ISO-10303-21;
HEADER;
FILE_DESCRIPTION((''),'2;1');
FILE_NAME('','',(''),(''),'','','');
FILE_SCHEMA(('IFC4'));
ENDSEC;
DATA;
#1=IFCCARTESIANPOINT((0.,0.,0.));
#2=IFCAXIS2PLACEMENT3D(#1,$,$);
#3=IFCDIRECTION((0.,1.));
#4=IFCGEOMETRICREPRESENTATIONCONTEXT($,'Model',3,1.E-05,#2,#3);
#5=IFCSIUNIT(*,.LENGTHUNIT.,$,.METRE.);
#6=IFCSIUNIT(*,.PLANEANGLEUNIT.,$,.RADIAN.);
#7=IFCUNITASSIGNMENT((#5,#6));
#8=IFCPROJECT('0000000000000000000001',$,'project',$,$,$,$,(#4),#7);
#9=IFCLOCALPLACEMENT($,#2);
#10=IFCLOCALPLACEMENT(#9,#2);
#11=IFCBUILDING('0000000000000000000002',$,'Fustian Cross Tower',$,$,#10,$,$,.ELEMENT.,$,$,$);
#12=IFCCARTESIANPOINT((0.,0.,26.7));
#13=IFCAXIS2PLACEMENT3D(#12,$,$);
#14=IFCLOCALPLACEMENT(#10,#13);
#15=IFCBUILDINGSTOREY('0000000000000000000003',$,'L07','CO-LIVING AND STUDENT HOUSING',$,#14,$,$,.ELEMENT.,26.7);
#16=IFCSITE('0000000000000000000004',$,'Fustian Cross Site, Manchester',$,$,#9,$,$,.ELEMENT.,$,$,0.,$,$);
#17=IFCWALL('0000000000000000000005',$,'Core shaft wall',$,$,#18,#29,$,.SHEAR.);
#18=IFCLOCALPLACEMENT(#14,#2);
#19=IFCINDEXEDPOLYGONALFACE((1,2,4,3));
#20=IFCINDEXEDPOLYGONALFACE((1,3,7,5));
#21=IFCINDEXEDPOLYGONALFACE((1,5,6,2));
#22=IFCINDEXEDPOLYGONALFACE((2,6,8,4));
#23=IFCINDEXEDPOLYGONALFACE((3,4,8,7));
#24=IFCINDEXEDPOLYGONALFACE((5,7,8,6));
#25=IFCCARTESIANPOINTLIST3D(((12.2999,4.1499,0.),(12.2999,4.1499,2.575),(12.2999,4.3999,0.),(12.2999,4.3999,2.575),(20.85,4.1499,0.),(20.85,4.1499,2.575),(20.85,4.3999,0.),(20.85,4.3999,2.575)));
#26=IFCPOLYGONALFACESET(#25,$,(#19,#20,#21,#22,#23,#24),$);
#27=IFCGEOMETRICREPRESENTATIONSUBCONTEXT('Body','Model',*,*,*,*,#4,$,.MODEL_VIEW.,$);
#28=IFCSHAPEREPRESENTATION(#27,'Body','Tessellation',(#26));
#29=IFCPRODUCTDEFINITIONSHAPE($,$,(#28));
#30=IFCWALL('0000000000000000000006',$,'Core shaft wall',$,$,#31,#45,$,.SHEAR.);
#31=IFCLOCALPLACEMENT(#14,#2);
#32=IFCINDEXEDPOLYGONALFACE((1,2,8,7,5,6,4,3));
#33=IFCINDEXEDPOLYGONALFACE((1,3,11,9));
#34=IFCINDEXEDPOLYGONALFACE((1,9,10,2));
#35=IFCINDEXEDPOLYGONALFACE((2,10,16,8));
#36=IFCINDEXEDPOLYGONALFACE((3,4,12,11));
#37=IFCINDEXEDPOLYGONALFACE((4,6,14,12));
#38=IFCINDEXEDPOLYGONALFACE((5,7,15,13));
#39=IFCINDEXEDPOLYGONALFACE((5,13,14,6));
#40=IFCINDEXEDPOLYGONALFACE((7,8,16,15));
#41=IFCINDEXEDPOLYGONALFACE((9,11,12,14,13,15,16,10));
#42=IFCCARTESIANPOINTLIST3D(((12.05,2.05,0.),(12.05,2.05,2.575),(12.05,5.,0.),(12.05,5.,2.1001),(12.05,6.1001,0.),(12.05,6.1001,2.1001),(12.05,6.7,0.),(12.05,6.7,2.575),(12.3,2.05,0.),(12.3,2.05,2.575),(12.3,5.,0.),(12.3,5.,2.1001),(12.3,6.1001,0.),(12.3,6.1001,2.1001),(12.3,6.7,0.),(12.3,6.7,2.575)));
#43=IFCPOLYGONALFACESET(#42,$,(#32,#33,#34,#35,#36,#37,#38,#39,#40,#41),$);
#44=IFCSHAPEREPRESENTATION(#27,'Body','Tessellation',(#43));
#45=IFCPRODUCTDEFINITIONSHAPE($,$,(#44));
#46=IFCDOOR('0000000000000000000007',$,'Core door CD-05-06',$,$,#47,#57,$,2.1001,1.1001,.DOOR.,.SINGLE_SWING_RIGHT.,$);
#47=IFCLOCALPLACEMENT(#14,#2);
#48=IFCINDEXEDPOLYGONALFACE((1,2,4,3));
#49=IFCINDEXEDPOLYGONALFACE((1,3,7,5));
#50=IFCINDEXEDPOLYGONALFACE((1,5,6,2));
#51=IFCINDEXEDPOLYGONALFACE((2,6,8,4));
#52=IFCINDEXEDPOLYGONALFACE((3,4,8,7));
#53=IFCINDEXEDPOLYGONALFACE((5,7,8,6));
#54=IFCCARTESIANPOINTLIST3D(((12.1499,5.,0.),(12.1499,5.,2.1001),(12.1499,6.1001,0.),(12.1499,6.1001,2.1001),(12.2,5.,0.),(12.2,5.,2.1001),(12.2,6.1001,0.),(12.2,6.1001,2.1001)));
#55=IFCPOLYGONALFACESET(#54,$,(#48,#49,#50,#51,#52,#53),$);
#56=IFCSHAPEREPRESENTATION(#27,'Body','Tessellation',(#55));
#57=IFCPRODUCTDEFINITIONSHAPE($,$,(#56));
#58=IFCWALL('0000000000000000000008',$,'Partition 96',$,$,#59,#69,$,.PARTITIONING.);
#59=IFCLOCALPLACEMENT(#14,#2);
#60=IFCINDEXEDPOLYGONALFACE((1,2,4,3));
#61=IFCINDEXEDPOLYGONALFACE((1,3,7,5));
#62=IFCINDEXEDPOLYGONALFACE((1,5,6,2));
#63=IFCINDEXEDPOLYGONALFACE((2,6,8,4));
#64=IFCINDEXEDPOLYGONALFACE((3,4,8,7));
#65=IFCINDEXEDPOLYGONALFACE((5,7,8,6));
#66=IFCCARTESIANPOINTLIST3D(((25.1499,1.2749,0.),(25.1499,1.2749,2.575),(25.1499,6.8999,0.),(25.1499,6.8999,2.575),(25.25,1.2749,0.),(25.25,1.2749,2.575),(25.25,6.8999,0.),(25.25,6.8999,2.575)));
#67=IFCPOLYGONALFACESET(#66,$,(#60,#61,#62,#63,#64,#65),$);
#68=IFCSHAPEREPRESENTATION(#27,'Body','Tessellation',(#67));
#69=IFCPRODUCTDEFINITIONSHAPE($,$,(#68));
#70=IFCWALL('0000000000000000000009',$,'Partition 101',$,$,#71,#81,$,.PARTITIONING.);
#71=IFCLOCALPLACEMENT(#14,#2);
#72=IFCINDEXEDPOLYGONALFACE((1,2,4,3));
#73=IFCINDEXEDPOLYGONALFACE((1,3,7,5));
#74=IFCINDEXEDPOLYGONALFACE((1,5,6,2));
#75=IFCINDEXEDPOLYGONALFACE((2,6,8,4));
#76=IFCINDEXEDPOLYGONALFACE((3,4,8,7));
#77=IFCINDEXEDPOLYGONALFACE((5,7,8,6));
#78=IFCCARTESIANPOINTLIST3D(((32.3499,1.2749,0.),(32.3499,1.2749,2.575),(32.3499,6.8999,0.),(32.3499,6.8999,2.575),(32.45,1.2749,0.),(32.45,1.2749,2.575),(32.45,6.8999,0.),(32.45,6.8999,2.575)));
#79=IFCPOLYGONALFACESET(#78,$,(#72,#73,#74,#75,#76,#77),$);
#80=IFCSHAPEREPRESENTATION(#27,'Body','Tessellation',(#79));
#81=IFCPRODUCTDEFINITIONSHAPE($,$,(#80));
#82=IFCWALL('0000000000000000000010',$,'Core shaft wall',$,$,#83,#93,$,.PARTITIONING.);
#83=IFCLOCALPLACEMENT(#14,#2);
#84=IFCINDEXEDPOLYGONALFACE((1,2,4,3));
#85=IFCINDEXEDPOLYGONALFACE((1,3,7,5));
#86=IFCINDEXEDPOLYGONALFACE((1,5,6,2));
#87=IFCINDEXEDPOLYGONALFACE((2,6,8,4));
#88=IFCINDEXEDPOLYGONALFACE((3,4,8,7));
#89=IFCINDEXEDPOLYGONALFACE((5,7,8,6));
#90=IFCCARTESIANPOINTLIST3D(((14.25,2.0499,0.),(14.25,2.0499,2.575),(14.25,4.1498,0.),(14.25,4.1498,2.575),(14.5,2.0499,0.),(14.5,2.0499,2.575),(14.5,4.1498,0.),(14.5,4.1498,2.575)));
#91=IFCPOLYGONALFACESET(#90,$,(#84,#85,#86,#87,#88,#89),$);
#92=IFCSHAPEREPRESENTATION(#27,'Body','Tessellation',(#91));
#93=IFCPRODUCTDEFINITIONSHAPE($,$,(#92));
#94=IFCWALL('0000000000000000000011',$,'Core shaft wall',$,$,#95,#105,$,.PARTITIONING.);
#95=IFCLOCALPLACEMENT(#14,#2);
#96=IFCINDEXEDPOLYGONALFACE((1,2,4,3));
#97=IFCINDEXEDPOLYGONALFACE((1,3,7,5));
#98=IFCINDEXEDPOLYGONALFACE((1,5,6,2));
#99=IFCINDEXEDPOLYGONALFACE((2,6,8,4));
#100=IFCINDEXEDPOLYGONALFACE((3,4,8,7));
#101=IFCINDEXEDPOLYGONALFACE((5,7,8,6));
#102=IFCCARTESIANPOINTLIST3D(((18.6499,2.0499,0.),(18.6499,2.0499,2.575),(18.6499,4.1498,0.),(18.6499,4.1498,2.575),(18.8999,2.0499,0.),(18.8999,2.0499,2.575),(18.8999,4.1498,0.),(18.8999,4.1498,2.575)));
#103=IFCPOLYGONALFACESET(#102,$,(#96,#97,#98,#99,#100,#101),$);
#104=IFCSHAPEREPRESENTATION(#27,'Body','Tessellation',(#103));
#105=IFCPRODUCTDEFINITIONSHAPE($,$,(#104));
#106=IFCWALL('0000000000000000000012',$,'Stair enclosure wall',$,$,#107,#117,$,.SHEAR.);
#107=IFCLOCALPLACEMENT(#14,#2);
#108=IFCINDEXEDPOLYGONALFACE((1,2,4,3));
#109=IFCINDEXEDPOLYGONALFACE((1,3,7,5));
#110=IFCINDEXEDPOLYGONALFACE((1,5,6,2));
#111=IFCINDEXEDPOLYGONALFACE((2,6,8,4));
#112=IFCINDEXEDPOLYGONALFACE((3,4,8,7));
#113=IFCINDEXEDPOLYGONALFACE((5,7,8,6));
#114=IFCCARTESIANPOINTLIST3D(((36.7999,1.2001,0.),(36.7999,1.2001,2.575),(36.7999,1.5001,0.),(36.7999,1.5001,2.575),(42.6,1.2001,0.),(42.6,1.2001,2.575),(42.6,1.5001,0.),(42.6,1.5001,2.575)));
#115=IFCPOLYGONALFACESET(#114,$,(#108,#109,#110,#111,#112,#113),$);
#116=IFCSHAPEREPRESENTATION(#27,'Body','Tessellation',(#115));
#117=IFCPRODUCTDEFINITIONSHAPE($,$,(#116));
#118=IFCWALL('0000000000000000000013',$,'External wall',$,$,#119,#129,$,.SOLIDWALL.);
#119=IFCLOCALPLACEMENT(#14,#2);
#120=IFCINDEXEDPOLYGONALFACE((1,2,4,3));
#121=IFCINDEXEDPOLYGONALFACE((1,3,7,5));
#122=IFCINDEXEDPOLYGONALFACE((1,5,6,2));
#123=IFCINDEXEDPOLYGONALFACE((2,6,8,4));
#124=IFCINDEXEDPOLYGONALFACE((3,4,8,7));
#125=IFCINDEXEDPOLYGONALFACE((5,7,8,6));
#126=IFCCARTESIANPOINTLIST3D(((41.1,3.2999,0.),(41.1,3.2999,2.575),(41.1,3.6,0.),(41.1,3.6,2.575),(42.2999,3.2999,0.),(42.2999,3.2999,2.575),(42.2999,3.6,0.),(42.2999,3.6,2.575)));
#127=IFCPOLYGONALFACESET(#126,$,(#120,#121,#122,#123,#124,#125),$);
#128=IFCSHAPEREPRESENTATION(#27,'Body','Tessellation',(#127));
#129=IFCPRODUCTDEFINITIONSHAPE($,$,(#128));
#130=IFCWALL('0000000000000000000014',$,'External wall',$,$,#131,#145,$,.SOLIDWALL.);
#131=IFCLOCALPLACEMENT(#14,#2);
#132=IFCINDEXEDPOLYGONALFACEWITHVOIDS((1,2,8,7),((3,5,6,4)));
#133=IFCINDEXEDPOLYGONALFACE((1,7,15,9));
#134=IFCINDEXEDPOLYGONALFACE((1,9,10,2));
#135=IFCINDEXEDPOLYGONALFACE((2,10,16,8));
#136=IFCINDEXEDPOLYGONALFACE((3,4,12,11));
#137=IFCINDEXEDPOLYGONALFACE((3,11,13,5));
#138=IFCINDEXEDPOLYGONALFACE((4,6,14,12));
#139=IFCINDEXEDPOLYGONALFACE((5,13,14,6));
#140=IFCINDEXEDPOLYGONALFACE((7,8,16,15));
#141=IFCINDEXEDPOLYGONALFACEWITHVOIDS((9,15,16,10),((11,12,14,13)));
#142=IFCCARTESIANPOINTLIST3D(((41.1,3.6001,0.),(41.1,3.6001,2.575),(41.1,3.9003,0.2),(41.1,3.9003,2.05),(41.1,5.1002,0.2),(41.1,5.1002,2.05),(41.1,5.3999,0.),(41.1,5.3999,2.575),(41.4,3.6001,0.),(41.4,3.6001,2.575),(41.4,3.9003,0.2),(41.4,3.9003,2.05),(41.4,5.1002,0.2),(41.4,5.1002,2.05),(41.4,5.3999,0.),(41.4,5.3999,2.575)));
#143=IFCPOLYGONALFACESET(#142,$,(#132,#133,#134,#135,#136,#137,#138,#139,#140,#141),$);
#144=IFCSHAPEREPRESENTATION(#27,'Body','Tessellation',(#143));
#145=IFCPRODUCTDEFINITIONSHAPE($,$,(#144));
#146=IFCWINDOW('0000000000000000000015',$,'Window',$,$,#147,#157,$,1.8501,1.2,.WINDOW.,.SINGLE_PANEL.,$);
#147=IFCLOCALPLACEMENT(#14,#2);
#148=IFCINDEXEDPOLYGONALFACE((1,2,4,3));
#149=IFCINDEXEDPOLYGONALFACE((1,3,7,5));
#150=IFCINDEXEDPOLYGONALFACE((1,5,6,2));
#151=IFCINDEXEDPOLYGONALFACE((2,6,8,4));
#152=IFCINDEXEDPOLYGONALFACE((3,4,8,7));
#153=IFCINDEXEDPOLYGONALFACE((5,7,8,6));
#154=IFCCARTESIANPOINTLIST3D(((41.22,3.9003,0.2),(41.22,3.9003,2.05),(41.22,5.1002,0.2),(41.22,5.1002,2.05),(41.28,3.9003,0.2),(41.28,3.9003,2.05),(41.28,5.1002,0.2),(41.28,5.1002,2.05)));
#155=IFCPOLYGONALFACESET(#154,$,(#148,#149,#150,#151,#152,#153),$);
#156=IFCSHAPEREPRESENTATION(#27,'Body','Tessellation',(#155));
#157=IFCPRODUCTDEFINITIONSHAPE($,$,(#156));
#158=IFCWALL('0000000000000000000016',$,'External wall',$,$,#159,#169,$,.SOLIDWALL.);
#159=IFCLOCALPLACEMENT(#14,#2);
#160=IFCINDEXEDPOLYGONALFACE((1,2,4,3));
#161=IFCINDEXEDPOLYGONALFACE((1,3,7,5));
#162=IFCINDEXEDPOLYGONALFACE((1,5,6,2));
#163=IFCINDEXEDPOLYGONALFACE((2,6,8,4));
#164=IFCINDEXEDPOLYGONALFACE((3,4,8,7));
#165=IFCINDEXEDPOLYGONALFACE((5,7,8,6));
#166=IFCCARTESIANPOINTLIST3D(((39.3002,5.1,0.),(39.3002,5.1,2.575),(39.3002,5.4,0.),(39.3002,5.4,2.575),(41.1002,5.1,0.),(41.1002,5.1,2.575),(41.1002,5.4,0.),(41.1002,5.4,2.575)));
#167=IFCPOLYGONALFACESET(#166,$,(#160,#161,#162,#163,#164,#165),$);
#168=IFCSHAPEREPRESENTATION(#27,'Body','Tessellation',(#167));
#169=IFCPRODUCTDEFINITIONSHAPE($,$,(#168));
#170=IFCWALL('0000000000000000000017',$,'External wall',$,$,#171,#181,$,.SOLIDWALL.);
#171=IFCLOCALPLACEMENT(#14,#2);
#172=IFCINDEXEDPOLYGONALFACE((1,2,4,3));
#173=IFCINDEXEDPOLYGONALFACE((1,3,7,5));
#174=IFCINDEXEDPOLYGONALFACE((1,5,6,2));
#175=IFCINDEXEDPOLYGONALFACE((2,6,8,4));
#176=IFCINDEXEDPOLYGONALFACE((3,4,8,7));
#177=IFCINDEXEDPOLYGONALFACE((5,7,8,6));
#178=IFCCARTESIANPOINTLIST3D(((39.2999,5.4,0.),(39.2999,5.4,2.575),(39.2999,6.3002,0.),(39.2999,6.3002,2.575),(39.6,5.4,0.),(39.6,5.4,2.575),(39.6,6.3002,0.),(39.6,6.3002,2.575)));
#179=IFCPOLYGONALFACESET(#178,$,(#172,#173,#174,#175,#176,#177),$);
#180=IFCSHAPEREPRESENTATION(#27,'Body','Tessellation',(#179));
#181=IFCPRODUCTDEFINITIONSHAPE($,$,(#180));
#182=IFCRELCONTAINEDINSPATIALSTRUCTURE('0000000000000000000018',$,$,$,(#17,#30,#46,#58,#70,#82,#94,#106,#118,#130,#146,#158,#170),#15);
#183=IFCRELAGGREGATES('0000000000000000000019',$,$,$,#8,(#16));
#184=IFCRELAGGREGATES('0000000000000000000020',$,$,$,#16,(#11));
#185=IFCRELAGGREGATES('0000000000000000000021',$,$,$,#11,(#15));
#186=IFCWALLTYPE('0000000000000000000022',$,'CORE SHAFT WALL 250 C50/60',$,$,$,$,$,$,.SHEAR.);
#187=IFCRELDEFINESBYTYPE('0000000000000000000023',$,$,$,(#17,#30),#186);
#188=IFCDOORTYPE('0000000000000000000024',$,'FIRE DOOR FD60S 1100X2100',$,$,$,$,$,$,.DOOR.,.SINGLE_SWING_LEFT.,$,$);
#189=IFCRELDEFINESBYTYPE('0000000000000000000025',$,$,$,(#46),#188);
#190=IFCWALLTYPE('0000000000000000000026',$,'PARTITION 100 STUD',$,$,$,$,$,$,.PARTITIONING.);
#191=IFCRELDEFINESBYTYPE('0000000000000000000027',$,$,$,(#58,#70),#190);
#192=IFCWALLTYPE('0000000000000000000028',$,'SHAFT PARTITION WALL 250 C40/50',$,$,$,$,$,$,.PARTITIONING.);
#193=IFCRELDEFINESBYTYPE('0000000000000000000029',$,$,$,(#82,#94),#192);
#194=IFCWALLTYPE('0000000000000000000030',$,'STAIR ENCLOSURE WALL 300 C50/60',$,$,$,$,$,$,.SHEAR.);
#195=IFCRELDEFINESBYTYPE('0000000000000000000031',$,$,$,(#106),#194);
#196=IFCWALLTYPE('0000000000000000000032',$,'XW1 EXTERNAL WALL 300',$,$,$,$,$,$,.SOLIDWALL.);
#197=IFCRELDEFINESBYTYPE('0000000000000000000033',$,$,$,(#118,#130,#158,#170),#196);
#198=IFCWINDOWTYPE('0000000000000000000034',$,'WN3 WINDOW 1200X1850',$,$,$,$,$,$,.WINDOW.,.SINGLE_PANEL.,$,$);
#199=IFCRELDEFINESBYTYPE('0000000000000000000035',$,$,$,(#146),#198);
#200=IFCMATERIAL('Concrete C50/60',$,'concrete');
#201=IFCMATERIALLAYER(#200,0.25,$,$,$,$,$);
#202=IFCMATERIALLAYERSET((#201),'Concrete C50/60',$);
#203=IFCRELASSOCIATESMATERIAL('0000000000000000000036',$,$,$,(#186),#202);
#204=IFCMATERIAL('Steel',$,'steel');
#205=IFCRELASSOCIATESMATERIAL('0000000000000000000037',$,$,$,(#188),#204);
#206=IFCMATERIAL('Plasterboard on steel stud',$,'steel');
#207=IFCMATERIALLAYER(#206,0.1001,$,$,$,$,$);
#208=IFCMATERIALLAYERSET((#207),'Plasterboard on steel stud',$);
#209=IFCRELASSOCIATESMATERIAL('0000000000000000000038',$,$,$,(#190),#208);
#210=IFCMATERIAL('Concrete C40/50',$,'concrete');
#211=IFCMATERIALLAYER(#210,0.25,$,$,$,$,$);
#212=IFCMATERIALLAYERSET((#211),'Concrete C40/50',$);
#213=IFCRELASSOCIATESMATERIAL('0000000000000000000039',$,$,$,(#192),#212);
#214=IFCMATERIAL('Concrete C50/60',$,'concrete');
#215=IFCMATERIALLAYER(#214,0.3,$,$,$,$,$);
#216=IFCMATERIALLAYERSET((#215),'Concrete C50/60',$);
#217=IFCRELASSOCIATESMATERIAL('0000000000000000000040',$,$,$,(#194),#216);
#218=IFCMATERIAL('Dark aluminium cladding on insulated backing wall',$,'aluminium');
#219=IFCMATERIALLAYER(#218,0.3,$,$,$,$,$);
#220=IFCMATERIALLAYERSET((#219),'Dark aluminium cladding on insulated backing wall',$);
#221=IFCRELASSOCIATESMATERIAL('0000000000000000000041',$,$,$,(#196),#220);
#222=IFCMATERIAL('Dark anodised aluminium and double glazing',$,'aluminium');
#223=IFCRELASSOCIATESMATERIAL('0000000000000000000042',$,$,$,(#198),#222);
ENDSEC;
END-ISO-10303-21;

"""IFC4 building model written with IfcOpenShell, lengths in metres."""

from ifc_helpers import new_model, si_unit, direction, frame, frame_2d, origin, place, context, subcontext, project, spatial, rectangle, extrude, material, layer, layer_set, type_object, element, fill, save


model = new_model("IFC4")

# Units and contexts
model_context = context("Model", 3, precision=1e-05, world=origin(), true_north=direction((0.0, 1.0)))
body_context = subcontext(model_context, "Body", "Model", "MODEL_VIEW")
ifc_project = project(units=[si_unit("LENGTHUNIT", "METRE"), si_unit("PLANEANGLEUNIT", "RADIAN")], contexts=[model_context])

# Site, building, storey
site_placement = place(None, origin())
site = spatial("IfcSite", under=ifc_project, at=site_placement, Name="Fustian Cross Site, Manchester", CompositionType="ELEMENT", RefElevation=0.0)
building_placement = place(site_placement, origin())
building = spatial("IfcBuilding", under=site, at=building_placement, Name="Fustian Cross Tower", CompositionType="ELEMENT")
storey_placement = place(building_placement, frame((0.0, 0.0, 26.7)))
storey = spatial("IfcBuildingStorey", under=building, at=storey_placement, Name="L07", Description="CO-LIVING AND STUDENT HOUSING", CompositionType="ELEMENT", Elevation=26.7)

# Wall
ifc_material_1 = material(Name="Concrete C50/60", Category="concrete")
ifc_layer_1 = layer(ifc_material_1, 0.25)
ifc_layer_set_1 = layer_set([ifc_layer_1], Name="Concrete C50/60")
wall_type_1 = type_object("IfcWallType", Name="CORE SHAFT WALL 250 C50/60", PredefinedType="SHEAR", material=ifc_layer_set_1)
wall_1_placement = place(storey_placement, frame((12.3, 4.2749, 0.0), z_axis=(0.0, 0.0, 1.0), x_axis=(1.0, 0.0, 0.0)))
element("IfcWall", 1, at=wall_1_placement, inside=storey, type_object=wall_type_1, Name="Core shaft wall", PredefinedType="SHEAR", context=body_context, shape_type="SweptSolid", body=[
    extrude(rectangle(XDim=8.55, YDim=0.25, at=frame_2d((4.2749, 0.0))), origin(), (0.0, 0.0, 1.0), 2.575),
])

# Wall, opening, door
wall_2_placement = place(storey_placement, frame((12.175, 2.05, 0.0), z_axis=(0.0, 0.0, 1.0), x_axis=(0.0, 1.0, 0.0)))
wall_2 = element("IfcWall", 2, at=wall_2_placement, inside=storey, type_object=wall_type_1, Name="Core shaft wall", PredefinedType="SHEAR", context=body_context, shape_type="SweptSolid", body=[
    extrude(rectangle(XDim=4.6499, YDim=0.25, at=frame_2d((2.325, 0.0))), origin(), (0.0, 0.0, 1.0), 2.575),
])
opening_1_placement = place(wall_2_placement, frame((2.95, 0.0, 0.0)))
opening_1 = element("IfcOpeningElement", 3, at=opening_1_placement, cuts=wall_2, PredefinedType="OPENING", context=body_context, shape_type="SweptSolid", body=[
    extrude(rectangle(XDim=1.1001, YDim=2.1001, at=frame_2d((0.55, 1.05))), frame((0.0, 0.135, 0.0), z_axis=(0.0, -1.0, 0.0), x_axis=(1.0, 0.0, 0.0)), (0.0, 0.0, 1.0), 0.27),
])
ifc_material_2 = material(Name="Steel", Category="steel")
door_type_1 = type_object("IfcDoorType", Name="FIRE DOOR FD60S 1100X2100", OperationType="SINGLE_SWING_LEFT", PredefinedType="DOOR", material=ifc_material_2)
door_1_placement = place(opening_1_placement, frame((1.1001, 0.0, 0.0), z_axis=(0.0, 0.0, 1.0), x_axis=(-1.0, 0.0, 0.0)))
door_1 = element("IfcDoor", 4, at=door_1_placement, inside=storey, type_object=door_type_1, Name="Core door CD-05-06", OperationType="SINGLE_SWING_RIGHT", OverallHeight=2.1001, OverallWidth=1.1001, PredefinedType="DOOR", context=body_context, shape_type="SweptSolid", body=[
    extrude(rectangle(XDim=1.1001, YDim=2.1001, at=frame_2d((0.55, 1.05))), frame((0.0, 0.0249, 0.0), z_axis=(0.0, -1.0, 0.0), x_axis=(1.0, 0.0, 0.0)), (0.0, 0.0, 1.0), 0.05),
])
fill(opening_1, door_1)

# Walls
ifc_material_3 = material(Name="Plasterboard on steel stud", Category="steel")
ifc_layer_2 = layer(ifc_material_3, 0.1001)
ifc_layer_set_2 = layer_set([ifc_layer_2], Name="Plasterboard on steel stud")
wall_type_2 = type_object("IfcWallType", Name="PARTITION 100 STUD", PredefinedType="PARTITIONING", material=ifc_layer_set_2)
for number, where, z_axis, x_axis, name in (
    (5, (25.2, 1.2749, 0.0), (0.0, 0.0, 1.0), (0.0, 1.0, 0.0), "Partition 96"),
    (6, (32.3999, 1.2749, 0.0), (0.0, 0.0, 1.0), (0.0, 1.0, 0.0), "Partition 101"),
):
    element("IfcWall", number, at=place(storey_placement, frame(where, z_axis=z_axis, x_axis=x_axis)), inside=storey, type_object=wall_type_2, Name=name, PredefinedType="PARTITIONING", context=body_context, shape_type="SweptSolid", body=[
        extrude(rectangle(XDim=5.625, YDim=0.1001, at=frame_2d((2.8125, 0.0))), origin(), (0.0, 0.0, 1.0), 2.575),
    ])
ifc_material_4 = material(Name="Concrete C40/50", Category="concrete")
ifc_layer_3 = layer(ifc_material_4, 0.25)
ifc_layer_set_3 = layer_set([ifc_layer_3], Name="Concrete C40/50")
wall_type_3 = type_object("IfcWallType", Name="SHAFT PARTITION WALL 250 C40/50", PredefinedType="PARTITIONING", material=ifc_layer_set_3)
for number, where, z_axis, x_axis, name in (
    (7, (14.375, 2.05, 0.0), (0.0, 0.0, 1.0), (0.0, 1.0, 0.0), "Core shaft wall"),
    (8, (18.7749, 2.05, 0.0), (0.0, 0.0, 1.0), (0.0, 1.0, 0.0), "Core shaft wall"),
):
    element("IfcWall", number, at=place(storey_placement, frame(where, z_axis=z_axis, x_axis=x_axis)), inside=storey, type_object=wall_type_3, Name=name, PredefinedType="PARTITIONING", context=body_context, shape_type="SweptSolid", body=[
        extrude(rectangle(XDim=2.0999, YDim=0.25, at=frame_2d((1.0498, 0.0))), origin(), (0.0, 0.0, 1.0), 2.575),
    ])
ifc_material_5 = material(Name="Concrete C50/60", Category="concrete")
ifc_layer_4 = layer(ifc_material_5, 0.3)
ifc_layer_set_4 = layer_set([ifc_layer_4], Name="Concrete C50/60")
wall_type_4 = type_object("IfcWallType", Name="STAIR ENCLOSURE WALL 300 C50/60", PredefinedType="SHEAR", material=ifc_layer_set_4)
wall_3_placement = place(storey_placement, frame((36.8, 1.3501, 0.0), z_axis=(0.0, 0.0, 1.0), x_axis=(1.0, 0.0, 0.0)))
element("IfcWall", 9, at=wall_3_placement, inside=storey, type_object=wall_type_4, Name="Stair enclosure wall", PredefinedType="SHEAR", context=body_context, shape_type="SweptSolid", body=[
    extrude(rectangle(XDim=5.8, YDim=0.3, at=frame_2d((2.8999, 0.0))), origin(), (0.0, 0.0, 1.0), 2.575),
])
ifc_material_6 = material(Name="Dark aluminium cladding on insulated backing wall", Category="aluminium")
ifc_layer_5 = layer(ifc_material_6, 0.3)
ifc_layer_set_5 = layer_set([ifc_layer_5], Name="Dark aluminium cladding on insulated backing wall")
wall_type_5 = type_object("IfcWallType", Name="XW1 EXTERNAL WALL 300", PredefinedType="SOLIDWALL", material=ifc_layer_set_5)
wall_4_placement = place(storey_placement, frame((42.3, 3.45, 0.0), z_axis=(0.0, 0.0, 1.0), x_axis=(-1.0, 0.0, 0.0)))
element("IfcWall", 10, at=wall_4_placement, inside=storey, type_object=wall_type_5, Name="External wall", PredefinedType="SOLIDWALL", context=body_context, shape_type="SweptSolid", body=[
    extrude(rectangle(XDim=1.2, YDim=0.3, at=frame_2d((0.6001, 0.0))), origin(), (0.0, 0.0, 1.0), 2.575),
])

# Wall, opening, window
wall_5_placement = place(storey_placement, frame((41.25, 3.6001, 0.0), z_axis=(0.0, 0.0, 1.0), x_axis=(0.0, 1.0, 0.0)))
wall_5 = element("IfcWall", 11, at=wall_5_placement, inside=storey, type_object=wall_type_5, Name="External wall", PredefinedType="SOLIDWALL", context=body_context, shape_type="SweptSolid", body=[
    extrude(rectangle(XDim=1.7998, YDim=0.3, at=frame_2d((0.8999, 0.0))), origin(), (0.0, 0.0, 1.0), 2.575),
])
opening_2_placement = place(wall_5_placement, frame((0.3, 0.0, 0.2)))
opening_2 = element("IfcOpeningElement", 12, at=opening_2_placement, cuts=wall_5, PredefinedType="OPENING", context=body_context, shape_type="SweptSolid", body=[
    extrude(rectangle(XDim=1.2, YDim=1.8501, at=frame_2d((0.6001, 0.925))), frame((0.0, 0.1599, 0.0), z_axis=(0.0, -1.0, 0.0), x_axis=(1.0, 0.0, 0.0)), (0.0, 0.0, 1.0), 0.3201),
])
ifc_material_7 = material(Name="Dark anodised aluminium and double glazing", Category="aluminium")
window_type = type_object("IfcWindowType", Name="WN3 WINDOW 1200X1850", PartitioningType="SINGLE_PANEL", PredefinedType="WINDOW", material=ifc_material_7)
window_placement = place(opening_2_placement, origin())
window = element("IfcWindow", 13, at=window_placement, inside=storey, type_object=window_type, Name="Window", OverallHeight=1.8501, OverallWidth=1.2, PartitioningType="SINGLE_PANEL", PredefinedType="WINDOW", context=body_context, shape_type="SweptSolid", body=[
    extrude(rectangle(XDim=1.2, YDim=1.8501, at=frame_2d((0.6001, 0.925))), frame((0.0, 0.03, 0.0), z_axis=(0.0, -1.0, 0.0), x_axis=(1.0, 0.0, 0.0)), (0.0, 0.0, 1.0), 0.0601),
])
fill(opening_2, window)

# Walls
wall_6_placement = place(storey_placement, frame((41.1001, 5.25, 0.0), z_axis=(0.0, 0.0, 1.0), x_axis=(-1.0, 0.0, 0.0)))
element("IfcWall", 14, at=wall_6_placement, inside=storey, type_object=wall_type_5, Name="External wall", PredefinedType="SOLIDWALL", context=body_context, shape_type="SweptSolid", body=[
    extrude(rectangle(XDim=1.8, YDim=0.3, at=frame_2d((0.8999, 0.0))), origin(), (0.0, 0.0, 1.0), 2.575),
])
wall_7_placement = place(storey_placement, frame((39.45, 5.3999, 0.0), z_axis=(0.0, 0.0, 1.0), x_axis=(0.0, 1.0, 0.0)))
element("IfcWall", 15, at=wall_7_placement, inside=storey, type_object=wall_type_5, Name="External wall", PredefinedType="SOLIDWALL", context=body_context, shape_type="SweptSolid", body=[
    extrude(rectangle(XDim=0.9001, YDim=0.3, at=frame_2d((0.4502, 0.0))), origin(), (0.0, 0.0, 1.0), 2.575),
])

save(model, "model.ifc")
